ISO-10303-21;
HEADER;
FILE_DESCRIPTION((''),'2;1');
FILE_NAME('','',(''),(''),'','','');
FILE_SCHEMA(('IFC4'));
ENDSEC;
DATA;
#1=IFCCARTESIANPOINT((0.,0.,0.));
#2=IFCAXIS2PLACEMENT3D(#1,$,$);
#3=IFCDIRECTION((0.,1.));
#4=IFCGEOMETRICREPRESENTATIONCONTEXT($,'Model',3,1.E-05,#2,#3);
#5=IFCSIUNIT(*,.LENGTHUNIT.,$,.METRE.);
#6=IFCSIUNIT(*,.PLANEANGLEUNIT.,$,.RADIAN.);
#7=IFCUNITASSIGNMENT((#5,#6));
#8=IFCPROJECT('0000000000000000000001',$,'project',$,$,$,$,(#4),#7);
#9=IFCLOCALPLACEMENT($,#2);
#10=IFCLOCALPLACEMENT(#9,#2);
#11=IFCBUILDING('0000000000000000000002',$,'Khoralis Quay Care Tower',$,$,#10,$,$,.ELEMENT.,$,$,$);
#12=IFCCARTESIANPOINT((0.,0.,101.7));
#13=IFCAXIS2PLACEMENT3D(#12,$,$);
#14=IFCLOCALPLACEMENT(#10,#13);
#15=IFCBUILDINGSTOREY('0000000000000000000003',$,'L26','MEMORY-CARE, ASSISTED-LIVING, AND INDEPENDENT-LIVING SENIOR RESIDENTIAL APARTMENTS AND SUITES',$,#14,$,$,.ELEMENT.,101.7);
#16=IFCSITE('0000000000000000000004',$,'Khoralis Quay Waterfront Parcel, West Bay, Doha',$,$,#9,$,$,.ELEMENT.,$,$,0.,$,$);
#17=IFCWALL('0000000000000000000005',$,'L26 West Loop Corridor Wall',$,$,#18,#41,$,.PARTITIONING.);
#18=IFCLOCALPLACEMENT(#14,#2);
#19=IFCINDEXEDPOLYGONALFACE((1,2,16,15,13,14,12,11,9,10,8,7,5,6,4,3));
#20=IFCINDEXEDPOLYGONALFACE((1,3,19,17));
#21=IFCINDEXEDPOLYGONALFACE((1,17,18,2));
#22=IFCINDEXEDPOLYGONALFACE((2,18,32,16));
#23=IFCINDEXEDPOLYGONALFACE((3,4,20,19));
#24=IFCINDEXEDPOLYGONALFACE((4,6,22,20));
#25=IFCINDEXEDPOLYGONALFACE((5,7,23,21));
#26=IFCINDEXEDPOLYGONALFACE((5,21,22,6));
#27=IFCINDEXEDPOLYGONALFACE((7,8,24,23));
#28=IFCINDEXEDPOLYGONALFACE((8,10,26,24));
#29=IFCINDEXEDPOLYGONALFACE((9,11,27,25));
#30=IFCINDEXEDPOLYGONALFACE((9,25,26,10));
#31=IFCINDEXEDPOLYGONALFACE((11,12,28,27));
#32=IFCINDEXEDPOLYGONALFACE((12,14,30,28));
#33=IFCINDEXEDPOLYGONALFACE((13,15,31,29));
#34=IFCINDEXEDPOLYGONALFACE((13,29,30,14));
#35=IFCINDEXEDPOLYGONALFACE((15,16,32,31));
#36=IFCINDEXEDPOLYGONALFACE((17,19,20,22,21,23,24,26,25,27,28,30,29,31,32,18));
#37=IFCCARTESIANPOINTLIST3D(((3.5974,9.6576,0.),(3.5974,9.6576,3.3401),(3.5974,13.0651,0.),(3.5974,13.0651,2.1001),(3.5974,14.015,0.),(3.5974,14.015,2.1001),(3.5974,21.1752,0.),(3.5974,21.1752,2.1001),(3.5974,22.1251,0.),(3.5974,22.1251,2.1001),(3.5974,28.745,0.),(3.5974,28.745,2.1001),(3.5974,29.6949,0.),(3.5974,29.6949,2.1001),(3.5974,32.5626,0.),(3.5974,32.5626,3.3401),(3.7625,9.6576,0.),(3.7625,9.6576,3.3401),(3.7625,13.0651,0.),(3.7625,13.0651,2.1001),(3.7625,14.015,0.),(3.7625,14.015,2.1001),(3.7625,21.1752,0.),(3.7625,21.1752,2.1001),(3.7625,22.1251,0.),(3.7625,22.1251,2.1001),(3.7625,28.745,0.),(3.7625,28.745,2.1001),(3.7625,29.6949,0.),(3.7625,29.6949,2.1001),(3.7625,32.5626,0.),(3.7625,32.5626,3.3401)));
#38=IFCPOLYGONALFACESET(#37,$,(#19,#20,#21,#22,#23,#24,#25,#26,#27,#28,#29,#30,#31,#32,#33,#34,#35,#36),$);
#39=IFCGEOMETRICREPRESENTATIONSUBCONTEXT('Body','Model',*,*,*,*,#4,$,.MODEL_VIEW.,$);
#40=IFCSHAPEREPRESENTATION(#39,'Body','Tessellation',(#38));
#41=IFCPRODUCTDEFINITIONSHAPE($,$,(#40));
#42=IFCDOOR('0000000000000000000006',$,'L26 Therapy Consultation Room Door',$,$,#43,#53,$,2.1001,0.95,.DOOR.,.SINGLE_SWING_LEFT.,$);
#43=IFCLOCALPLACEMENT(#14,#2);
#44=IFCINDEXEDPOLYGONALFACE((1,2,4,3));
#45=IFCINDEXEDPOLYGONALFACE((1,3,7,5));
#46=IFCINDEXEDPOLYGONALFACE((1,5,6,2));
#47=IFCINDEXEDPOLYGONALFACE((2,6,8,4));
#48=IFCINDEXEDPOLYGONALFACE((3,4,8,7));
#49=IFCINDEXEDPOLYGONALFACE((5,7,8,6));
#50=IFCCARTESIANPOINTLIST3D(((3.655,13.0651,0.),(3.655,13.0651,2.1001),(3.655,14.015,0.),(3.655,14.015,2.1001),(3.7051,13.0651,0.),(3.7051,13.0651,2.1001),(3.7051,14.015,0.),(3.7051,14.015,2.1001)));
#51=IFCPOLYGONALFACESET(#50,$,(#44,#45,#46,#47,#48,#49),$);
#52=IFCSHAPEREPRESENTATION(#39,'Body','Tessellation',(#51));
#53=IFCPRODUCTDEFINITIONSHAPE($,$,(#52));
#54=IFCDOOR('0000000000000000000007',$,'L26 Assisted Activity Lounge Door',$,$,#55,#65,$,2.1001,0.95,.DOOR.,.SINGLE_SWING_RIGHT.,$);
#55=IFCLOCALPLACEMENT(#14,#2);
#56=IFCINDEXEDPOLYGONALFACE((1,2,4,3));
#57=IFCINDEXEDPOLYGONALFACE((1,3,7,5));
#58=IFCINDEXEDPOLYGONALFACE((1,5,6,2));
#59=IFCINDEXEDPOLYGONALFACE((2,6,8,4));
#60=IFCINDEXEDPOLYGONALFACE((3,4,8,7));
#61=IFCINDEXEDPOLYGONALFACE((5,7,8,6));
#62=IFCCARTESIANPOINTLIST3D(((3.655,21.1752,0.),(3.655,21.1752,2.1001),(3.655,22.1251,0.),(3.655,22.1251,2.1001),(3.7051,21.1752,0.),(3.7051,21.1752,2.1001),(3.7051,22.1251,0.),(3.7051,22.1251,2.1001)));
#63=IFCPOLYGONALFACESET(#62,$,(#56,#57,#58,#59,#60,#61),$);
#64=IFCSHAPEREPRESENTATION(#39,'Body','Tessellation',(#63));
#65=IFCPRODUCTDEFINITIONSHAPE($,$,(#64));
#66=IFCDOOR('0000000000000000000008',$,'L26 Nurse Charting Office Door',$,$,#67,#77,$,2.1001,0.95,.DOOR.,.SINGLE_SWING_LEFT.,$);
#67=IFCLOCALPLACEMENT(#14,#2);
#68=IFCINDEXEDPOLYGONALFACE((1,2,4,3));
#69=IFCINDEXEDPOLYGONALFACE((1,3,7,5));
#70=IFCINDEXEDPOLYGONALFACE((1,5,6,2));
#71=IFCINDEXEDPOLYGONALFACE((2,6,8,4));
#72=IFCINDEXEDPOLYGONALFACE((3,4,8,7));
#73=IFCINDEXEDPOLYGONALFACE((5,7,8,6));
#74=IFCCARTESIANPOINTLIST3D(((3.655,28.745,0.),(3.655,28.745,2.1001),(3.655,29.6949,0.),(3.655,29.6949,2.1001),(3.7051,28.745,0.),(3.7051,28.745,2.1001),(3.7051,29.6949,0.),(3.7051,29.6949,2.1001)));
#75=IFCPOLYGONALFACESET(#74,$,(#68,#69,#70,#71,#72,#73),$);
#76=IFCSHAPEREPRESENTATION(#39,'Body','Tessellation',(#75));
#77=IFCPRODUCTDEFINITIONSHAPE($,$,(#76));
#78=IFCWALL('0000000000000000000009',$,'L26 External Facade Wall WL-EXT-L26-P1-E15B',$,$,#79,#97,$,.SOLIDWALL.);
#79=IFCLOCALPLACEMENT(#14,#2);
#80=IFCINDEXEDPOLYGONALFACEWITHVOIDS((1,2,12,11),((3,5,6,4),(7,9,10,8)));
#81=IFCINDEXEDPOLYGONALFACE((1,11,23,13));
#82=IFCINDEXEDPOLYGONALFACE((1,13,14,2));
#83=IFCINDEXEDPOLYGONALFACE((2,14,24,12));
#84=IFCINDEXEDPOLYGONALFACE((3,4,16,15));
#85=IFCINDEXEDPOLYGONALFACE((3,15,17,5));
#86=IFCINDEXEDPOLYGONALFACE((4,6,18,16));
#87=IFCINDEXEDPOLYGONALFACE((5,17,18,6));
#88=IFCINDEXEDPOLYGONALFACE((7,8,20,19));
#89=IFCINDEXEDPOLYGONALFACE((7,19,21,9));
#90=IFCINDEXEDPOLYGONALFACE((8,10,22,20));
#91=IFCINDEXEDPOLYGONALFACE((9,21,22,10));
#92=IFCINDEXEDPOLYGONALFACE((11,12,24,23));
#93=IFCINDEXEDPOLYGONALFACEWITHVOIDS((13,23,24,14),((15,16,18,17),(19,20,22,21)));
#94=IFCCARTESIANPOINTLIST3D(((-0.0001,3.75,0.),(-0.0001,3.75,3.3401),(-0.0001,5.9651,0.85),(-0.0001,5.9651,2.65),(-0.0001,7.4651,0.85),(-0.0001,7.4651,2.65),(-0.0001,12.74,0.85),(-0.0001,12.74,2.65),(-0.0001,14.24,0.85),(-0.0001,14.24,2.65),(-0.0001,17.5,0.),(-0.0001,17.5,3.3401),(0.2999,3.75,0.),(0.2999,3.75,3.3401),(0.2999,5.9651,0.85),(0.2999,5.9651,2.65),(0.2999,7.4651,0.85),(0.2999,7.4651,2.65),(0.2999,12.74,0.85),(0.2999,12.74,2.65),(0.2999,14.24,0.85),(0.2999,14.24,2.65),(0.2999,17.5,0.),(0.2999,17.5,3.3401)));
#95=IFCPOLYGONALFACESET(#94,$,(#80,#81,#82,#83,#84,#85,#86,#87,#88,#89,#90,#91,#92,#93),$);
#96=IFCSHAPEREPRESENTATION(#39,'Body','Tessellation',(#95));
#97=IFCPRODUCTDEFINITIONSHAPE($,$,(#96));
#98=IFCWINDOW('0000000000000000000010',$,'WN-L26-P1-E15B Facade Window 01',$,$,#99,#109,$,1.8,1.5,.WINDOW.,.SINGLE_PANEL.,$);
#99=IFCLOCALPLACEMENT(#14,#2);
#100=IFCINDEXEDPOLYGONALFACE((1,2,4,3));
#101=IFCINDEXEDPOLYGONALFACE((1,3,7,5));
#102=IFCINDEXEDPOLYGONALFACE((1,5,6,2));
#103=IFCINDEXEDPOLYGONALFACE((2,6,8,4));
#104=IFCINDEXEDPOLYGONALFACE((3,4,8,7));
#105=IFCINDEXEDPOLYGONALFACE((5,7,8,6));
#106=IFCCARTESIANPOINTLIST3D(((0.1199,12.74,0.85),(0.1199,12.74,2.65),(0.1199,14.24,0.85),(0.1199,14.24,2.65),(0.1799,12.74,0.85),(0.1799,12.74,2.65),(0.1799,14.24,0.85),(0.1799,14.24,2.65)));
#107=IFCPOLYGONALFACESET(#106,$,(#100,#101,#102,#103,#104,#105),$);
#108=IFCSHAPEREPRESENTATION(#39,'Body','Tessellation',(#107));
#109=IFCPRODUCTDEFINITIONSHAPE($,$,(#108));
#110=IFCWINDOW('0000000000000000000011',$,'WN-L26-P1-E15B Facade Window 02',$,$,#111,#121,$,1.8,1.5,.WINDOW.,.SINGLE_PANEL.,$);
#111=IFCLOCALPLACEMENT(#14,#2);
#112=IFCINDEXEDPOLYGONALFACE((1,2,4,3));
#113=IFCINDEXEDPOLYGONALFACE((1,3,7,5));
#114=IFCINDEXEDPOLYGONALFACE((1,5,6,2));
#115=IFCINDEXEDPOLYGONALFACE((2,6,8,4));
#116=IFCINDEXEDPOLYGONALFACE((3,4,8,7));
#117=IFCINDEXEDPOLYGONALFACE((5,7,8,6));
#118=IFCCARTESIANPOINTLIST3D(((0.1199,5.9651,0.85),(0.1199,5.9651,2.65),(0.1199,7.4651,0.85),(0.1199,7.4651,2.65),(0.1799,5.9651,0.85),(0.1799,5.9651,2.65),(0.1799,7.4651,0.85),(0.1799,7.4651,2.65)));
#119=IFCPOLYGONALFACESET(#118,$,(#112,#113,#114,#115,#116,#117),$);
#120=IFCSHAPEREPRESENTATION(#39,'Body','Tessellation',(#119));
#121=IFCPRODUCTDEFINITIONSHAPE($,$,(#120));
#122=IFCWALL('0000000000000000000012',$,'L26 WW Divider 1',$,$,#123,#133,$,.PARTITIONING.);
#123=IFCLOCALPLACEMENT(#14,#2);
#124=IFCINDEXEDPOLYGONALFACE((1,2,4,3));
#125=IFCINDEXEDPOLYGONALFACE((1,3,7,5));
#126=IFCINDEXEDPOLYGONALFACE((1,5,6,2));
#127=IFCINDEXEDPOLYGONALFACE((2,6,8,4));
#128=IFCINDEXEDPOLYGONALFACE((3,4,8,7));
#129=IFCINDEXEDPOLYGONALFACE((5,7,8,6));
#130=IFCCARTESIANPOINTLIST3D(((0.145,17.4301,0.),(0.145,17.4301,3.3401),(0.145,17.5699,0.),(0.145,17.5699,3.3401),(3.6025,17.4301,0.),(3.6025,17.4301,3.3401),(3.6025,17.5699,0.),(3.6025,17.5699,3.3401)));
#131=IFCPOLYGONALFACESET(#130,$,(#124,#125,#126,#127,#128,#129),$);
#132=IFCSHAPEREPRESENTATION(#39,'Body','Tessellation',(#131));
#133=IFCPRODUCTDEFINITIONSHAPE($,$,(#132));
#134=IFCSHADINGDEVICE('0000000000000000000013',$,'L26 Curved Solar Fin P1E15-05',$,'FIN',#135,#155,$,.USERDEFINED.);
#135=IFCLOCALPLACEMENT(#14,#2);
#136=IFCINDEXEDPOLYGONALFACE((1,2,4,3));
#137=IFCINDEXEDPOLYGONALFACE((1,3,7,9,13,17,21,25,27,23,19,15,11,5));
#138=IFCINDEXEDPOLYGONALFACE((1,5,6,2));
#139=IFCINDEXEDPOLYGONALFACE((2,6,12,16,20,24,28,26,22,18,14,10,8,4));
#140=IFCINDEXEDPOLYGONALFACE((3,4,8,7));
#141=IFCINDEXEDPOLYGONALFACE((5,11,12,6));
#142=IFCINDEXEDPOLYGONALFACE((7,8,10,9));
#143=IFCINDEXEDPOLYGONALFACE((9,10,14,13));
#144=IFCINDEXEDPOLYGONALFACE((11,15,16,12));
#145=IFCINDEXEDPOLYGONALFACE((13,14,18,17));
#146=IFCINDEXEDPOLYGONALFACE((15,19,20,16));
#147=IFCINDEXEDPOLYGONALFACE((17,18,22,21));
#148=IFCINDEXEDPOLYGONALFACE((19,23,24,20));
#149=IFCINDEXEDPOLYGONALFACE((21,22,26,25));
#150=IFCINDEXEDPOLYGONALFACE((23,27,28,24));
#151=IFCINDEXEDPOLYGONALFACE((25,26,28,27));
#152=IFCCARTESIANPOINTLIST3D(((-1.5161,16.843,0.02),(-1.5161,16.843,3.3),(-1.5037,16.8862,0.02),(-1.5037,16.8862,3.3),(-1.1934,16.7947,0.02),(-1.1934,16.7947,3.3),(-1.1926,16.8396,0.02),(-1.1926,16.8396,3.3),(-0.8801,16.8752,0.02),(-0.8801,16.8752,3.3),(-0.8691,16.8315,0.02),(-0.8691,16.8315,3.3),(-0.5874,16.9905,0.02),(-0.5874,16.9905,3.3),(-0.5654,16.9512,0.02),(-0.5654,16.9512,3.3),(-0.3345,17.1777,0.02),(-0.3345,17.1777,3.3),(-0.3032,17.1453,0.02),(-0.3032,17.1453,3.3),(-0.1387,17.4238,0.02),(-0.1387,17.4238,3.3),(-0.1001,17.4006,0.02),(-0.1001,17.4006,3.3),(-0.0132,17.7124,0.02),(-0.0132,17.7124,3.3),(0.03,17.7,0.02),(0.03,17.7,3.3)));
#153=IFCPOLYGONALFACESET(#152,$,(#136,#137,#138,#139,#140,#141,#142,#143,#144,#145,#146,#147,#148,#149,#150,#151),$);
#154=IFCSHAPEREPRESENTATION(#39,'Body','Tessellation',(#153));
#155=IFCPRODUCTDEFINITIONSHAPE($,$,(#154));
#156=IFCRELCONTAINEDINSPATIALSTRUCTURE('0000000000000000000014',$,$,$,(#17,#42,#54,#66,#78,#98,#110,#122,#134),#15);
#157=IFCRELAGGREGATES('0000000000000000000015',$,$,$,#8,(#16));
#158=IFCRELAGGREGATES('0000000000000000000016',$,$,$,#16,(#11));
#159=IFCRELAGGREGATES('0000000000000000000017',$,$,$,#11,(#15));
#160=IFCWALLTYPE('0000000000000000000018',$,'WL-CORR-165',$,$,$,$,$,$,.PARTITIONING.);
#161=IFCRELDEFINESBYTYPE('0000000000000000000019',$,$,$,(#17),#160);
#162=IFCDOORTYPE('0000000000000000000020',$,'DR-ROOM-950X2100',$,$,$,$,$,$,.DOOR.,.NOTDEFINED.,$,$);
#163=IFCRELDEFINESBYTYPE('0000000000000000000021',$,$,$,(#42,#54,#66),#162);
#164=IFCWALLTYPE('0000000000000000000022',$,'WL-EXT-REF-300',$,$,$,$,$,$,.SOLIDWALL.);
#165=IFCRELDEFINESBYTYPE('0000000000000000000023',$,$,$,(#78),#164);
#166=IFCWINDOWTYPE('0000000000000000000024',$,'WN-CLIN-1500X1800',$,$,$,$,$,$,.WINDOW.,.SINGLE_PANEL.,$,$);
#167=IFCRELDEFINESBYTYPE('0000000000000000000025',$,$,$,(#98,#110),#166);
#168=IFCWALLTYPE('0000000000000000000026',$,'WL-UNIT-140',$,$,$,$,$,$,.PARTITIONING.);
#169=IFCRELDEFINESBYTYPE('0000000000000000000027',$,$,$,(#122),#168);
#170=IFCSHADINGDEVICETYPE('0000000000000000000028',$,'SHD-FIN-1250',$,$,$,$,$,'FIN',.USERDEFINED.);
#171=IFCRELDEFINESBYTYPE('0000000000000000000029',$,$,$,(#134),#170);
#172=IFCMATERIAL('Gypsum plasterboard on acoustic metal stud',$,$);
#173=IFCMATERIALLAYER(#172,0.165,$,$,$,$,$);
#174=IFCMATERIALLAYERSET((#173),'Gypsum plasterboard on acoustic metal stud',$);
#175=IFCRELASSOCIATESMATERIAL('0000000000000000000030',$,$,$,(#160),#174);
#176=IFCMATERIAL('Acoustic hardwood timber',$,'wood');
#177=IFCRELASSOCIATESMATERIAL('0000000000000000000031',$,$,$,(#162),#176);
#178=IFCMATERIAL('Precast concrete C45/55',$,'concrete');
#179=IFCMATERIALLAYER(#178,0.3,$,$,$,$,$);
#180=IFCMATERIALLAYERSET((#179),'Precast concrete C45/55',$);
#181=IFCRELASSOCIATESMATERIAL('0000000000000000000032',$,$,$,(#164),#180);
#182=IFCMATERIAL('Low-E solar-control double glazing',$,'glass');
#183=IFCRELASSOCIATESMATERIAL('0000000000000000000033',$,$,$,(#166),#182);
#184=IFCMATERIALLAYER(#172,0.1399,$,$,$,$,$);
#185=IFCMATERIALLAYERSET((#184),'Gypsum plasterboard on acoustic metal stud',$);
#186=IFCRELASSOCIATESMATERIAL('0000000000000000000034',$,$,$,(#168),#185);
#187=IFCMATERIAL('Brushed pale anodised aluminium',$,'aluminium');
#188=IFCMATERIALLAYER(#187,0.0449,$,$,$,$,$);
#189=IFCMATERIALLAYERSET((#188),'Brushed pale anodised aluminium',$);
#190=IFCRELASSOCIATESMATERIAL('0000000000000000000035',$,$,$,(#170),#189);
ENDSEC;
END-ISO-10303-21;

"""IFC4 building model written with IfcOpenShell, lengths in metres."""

from ifc_helpers import new_model, si_unit, direction, frame, frame_2d, origin, place, context, subcontext, project, spatial, polyline, rectangle, outline, extrude, source, transform, mapped, material, layer, layer_set, type_object, element, fill, save


model = new_model("IFC4")

# Units and contexts
model_context = context("Model", 3, precision=1e-05, world=origin(), true_north=direction((0.0, 1.0)))
body_context = subcontext(model_context, "Body", "Model", "MODEL_VIEW")
ifc_project = project(units=[si_unit("LENGTHUNIT", "METRE"), si_unit("PLANEANGLEUNIT", "RADIAN")], contexts=[model_context])

# Site, building, storey
site_placement = place(None, origin())
site = spatial("IfcSite", under=ifc_project, at=site_placement, Name="Khoralis Quay Waterfront Parcel, West Bay, Doha", CompositionType="ELEMENT", RefElevation=0.0)
building_placement = place(site_placement, origin())
building = spatial("IfcBuilding", under=site, at=building_placement, Name="Khoralis Quay Care Tower", CompositionType="ELEMENT")
storey_placement = place(building_placement, frame((0.0, 0.0, 101.7)))
storey = spatial("IfcBuildingStorey", under=building, at=storey_placement, Name="L26", Description="MEMORY-CARE, ASSISTED-LIVING, AND INDEPENDENT-LIVING SENIOR RESIDENTIAL APARTMENTS AND SUITES", CompositionType="ELEMENT", Elevation=101.7)

# Wall, openings, doors
ifc_material_1 = material(Name="Gypsum plasterboard on acoustic metal stud")
ifc_layer_1 = layer(ifc_material_1, 0.165)
ifc_layer_set_1 = layer_set([ifc_layer_1], Name="Gypsum plasterboard on acoustic metal stud")
wall_type_1 = type_object("IfcWallType", Name="WL-CORR-165", PredefinedType="PARTITIONING", material=ifc_layer_set_1)
ifc_material_2 = material(Name="Acoustic hardwood timber", Category="wood")
door_type_1 = type_object("IfcDoorType", Name="DR-ROOM-950X2100", OperationType="NOTDEFINED", PredefinedType="DOOR", material=ifc_material_2)
shared_shape_1 = source(origin(), body_context, "Body", "SweptSolid", [
    extrude(rectangle(XDim=0.95, YDim=2.1001, at=frame_2d((0.4751, 1.05))), frame((0.0, 0.0249, 0.0), z_axis=(0.0, -1.0, 0.0), x_axis=(1.0, 0.0, 0.0)), (0.0, 0.0, 1.0), 0.05),
])
wall_1_placement = place(storey_placement, frame((3.6799, 9.6575, 0.0), z_axis=(0.0, 0.0, 1.0), x_axis=(0.0, 1.0, 0.0)))
wall_1 = element("IfcWall", 1, at=wall_1_placement, inside=storey, type_object=wall_type_1, Name="L26 West Loop Corridor Wall", PredefinedType="PARTITIONING", context=body_context, shape_type="SweptSolid", body=[
    extrude(rectangle(XDim=22.905, YDim=0.165, at=frame_2d((11.4526, 0.0))), origin(), (0.0, 0.0, 1.0), 3.3401),
])
opening_1_placement = place(wall_1_placement, frame((3.4075, 0.0, 0.0)))
opening_1 = element("IfcOpeningElement", 2, at=opening_1_placement, cuts=wall_1, PredefinedType="OPENING", context=body_context, shape_type="SweptSolid", body=[
    extrude(rectangle(XDim=0.95, YDim=2.1001, at=frame_2d((0.4751, 1.05))), frame((0.0, 0.0925, 0.0), z_axis=(0.0, -1.0, 0.0), x_axis=(1.0, 0.0, 0.0)), (0.0, 0.0, 1.0), 0.1851),
])
opening_2_placement = place(wall_1_placement, frame((11.5176, 0.0, 0.0)))
opening_2 = element("IfcOpeningElement", 3, at=opening_2_placement, cuts=wall_1, PredefinedType="OPENING", context=body_context, shape_type="SweptSolid", body=[
    extrude(rectangle(XDim=0.95, YDim=2.1001, at=frame_2d((0.4751, 1.05))), frame((0.0, 0.0925, 0.0), z_axis=(0.0, -1.0, 0.0), x_axis=(1.0, 0.0, 0.0)), (0.0, 0.0, 1.0), 0.1851),
])
opening_3_placement = place(wall_1_placement, frame((19.0874, 0.0, 0.0)))
opening_3 = element("IfcOpeningElement", 4, at=opening_3_placement, cuts=wall_1, PredefinedType="OPENING", context=body_context, shape_type="SweptSolid", body=[
    extrude(rectangle(XDim=0.95, YDim=2.1001, at=frame_2d((0.4751, 1.05))), frame((0.0, 0.0925, 0.0), z_axis=(0.0, -1.0, 0.0), x_axis=(1.0, 0.0, 0.0)), (0.0, 0.0, 1.0), 0.1851),
])
door_1_placement = place(opening_1_placement, origin())
door_1 = element("IfcDoor", 5, at=door_1_placement, inside=storey, type_object=door_type_1, Name="L26 Therapy Consultation Room Door", OperationType="SINGLE_SWING_LEFT", OverallHeight=2.1001, OverallWidth=0.95, PredefinedType="DOOR", context=body_context, shape_type="MappedRepresentation", body=[
    mapped(shared_shape_1, transform((0.0, 0.0, 0.0), scale=1.0)),
])
fill(opening_1, door_1)
door_2_placement = place(opening_2_placement, origin())
door_2 = element("IfcDoor", 6, at=door_2_placement, inside=storey, type_object=door_type_1, Name="L26 Assisted Activity Lounge Door", OperationType="SINGLE_SWING_RIGHT", OverallHeight=2.1001, OverallWidth=0.95, PredefinedType="DOOR", context=body_context, shape_type="MappedRepresentation", body=[
    mapped(shared_shape_1, transform((0.0, 0.0, 0.0), scale=1.0)),
])
fill(opening_2, door_2)
door_3_placement = place(opening_3_placement, origin())
door_3 = element("IfcDoor", 7, at=door_3_placement, inside=storey, type_object=door_type_1, Name="L26 Nurse Charting Office Door", OperationType="SINGLE_SWING_LEFT", OverallHeight=2.1001, OverallWidth=0.95, PredefinedType="DOOR", context=body_context, shape_type="MappedRepresentation", body=[
    mapped(shared_shape_1, transform((0.0, 0.0, 0.0), scale=1.0)),
])
fill(opening_3, door_3)

# Wall, openings, windows
ifc_material_3 = material(Name="Precast concrete C45/55", Category="concrete")
ifc_layer_2 = layer(ifc_material_3, 0.3)
ifc_layer_set_2 = layer_set([ifc_layer_2], Name="Precast concrete C45/55")
wall_type_2 = type_object("IfcWallType", Name="WL-EXT-REF-300", PredefinedType="SOLIDWALL", material=ifc_layer_set_2)
wall_2_placement = place(storey_placement, frame((0.1499, 17.5, 0.0), z_axis=(0.0, 0.0, 1.0), x_axis=(0.0, -1.0, 0.0)))
wall_2 = element("IfcWall", 8, at=wall_2_placement, inside=storey, type_object=wall_type_2, Name="L26 External Facade Wall WL-EXT-L26-P1-E15B", PredefinedType="SOLIDWALL", context=body_context, shape_type="SweptSolid", body=[
    extrude(rectangle(XDim=13.75, YDim=0.3, at=frame_2d((6.875, 0.0))), origin(), (0.0, 0.0, 1.0), 3.3401),
])
opening_4_placement = place(wall_2_placement, frame((3.26, 0.0, 0.8501)))
opening_4 = element("IfcOpeningElement", 9, at=opening_4_placement, cuts=wall_2, PredefinedType="OPENING", context=body_context, shape_type="SweptSolid", body=[
    extrude(rectangle(XDim=1.5, YDim=1.8, at=frame_2d((0.75, 0.8999))), frame((0.0, 0.1602, 0.0), z_axis=(0.0, -1.0, 0.0), x_axis=(1.0, 0.0, 0.0)), (0.0, 0.0, 1.0), 0.3201),
])
opening_5_placement = place(wall_2_placement, frame((10.0349, 0.0, 0.8501)))
opening_5 = element("IfcOpeningElement", 10, at=opening_5_placement, cuts=wall_2, PredefinedType="OPENING", context=body_context, shape_type="SweptSolid", body=[
    extrude(rectangle(XDim=1.5, YDim=1.8, at=frame_2d((0.75, 0.8999))), frame((0.0, 0.1602, 0.0), z_axis=(0.0, -1.0, 0.0), x_axis=(1.0, 0.0, 0.0)), (0.0, 0.0, 1.0), 0.3201),
])
ifc_material_4 = material(Name="Low-E solar-control double glazing", Category="glass")
window_type = type_object("IfcWindowType", Name="WN-CLIN-1500X1800", PartitioningType="SINGLE_PANEL", PredefinedType="WINDOW", material=ifc_material_4)
shared_shape_2 = source(origin(), body_context, "Body", "SweptSolid", [
    extrude(rectangle(XDim=1.5, YDim=1.8, at=frame_2d((0.75, 0.8999))), frame((0.0, 0.03, 0.0), z_axis=(0.0, -1.0, 0.0), x_axis=(1.0, 0.0, 0.0)), (0.0, 0.0, 1.0), 0.0601),
])
window_1_placement = place(opening_4_placement, origin())
window_1 = element("IfcWindow", 11, at=window_1_placement, inside=storey, type_object=window_type, Name="WN-L26-P1-E15B Facade Window 01", OverallHeight=1.8, OverallWidth=1.5, PartitioningType="SINGLE_PANEL", PredefinedType="WINDOW", context=body_context, shape_type="MappedRepresentation", body=[
    mapped(shared_shape_2, transform((0.0, 0.0, 0.0), scale=1.0)),
])
fill(opening_4, window_1)
window_2_placement = place(opening_5_placement, origin())
window_2 = element("IfcWindow", 12, at=window_2_placement, inside=storey, type_object=window_type, Name="WN-L26-P1-E15B Facade Window 02", OverallHeight=1.8, OverallWidth=1.5, PartitioningType="SINGLE_PANEL", PredefinedType="WINDOW", context=body_context, shape_type="MappedRepresentation", body=[
    mapped(shared_shape_2, transform((0.0, 0.0, 0.0), scale=1.0)),
])
fill(opening_5, window_2)

# Wall
ifc_layer_3 = layer(ifc_material_1, 0.1399)
ifc_layer_set_3 = layer_set([ifc_layer_3], Name="Gypsum plasterboard on acoustic metal stud")
wall_type_3 = type_object("IfcWallType", Name="WL-UNIT-140", PredefinedType="PARTITIONING", material=ifc_layer_set_3)
wall_3_placement = place(storey_placement, frame((0.145, 17.5, 0.0), z_axis=(0.0, 0.0, 1.0), x_axis=(1.0, 0.0, 0.0)))
element("IfcWall", 13, at=wall_3_placement, inside=storey, type_object=wall_type_3, Name="L26 WW Divider 1", PredefinedType="PARTITIONING", context=body_context, shape_type="SweptSolid", body=[
    extrude(rectangle(XDim=3.4575, YDim=0.1399, at=frame_2d((1.7288, 0.0))), origin(), (0.0, 0.0, 1.0), 3.3401),
])

# Shading device
ifc_material_5 = material(Name="Brushed pale anodised aluminium", Category="aluminium")
ifc_layer_4 = layer(ifc_material_5, 0.0449)
ifc_layer_set_4 = layer_set([ifc_layer_4], Name="Brushed pale anodised aluminium")
shading_device_type = type_object("IfcShadingDeviceType", Name="SHD-FIN-1250", ElementType="FIN", PredefinedType="USERDEFINED", material=ifc_layer_set_4)
shared_shape_3 = source(origin(), body_context, "Body", "SweptSolid", [
    extrude(outline(polyline([(0.0, 0.0), (0.1301, 0.2993), (0.3333, 0.5547), (0.5955, 0.7488), (0.8992, 0.8684), (1.2234, 0.9053), (1.5461, 0.8569), (1.5337, 0.8137), (1.2227, 0.8604), (0.9102, 0.8247), (0.6174, 0.7095), (0.3645, 0.5222), (0.1687, 0.2761), (0.0432, -0.0125), (0.0, 0.0)])), origin(), (0.0, 0.0, 1.0), 3.28),
])
for number, where, z_axis, x_axis, name in (
    (14, (0.03, 17.7, 0.02), (0.0, 0.0, 1.0), (-1.0, 0.0, 0.0), "L26 Curved Solar Fin P1E15-05"),
):
    element("IfcShadingDevice", number, at=place(storey_placement, frame(where, z_axis=z_axis, x_axis=x_axis)), inside=storey, type_object=shading_device_type, Name=name, ObjectType="FIN", PredefinedType="USERDEFINED", context=body_context, shape_type="MappedRepresentation", body=[
        mapped(shared_shape_3, transform((0.0, 0.0, 0.0), scale=1.0)),
    ])

save(model, "model.ifc")
